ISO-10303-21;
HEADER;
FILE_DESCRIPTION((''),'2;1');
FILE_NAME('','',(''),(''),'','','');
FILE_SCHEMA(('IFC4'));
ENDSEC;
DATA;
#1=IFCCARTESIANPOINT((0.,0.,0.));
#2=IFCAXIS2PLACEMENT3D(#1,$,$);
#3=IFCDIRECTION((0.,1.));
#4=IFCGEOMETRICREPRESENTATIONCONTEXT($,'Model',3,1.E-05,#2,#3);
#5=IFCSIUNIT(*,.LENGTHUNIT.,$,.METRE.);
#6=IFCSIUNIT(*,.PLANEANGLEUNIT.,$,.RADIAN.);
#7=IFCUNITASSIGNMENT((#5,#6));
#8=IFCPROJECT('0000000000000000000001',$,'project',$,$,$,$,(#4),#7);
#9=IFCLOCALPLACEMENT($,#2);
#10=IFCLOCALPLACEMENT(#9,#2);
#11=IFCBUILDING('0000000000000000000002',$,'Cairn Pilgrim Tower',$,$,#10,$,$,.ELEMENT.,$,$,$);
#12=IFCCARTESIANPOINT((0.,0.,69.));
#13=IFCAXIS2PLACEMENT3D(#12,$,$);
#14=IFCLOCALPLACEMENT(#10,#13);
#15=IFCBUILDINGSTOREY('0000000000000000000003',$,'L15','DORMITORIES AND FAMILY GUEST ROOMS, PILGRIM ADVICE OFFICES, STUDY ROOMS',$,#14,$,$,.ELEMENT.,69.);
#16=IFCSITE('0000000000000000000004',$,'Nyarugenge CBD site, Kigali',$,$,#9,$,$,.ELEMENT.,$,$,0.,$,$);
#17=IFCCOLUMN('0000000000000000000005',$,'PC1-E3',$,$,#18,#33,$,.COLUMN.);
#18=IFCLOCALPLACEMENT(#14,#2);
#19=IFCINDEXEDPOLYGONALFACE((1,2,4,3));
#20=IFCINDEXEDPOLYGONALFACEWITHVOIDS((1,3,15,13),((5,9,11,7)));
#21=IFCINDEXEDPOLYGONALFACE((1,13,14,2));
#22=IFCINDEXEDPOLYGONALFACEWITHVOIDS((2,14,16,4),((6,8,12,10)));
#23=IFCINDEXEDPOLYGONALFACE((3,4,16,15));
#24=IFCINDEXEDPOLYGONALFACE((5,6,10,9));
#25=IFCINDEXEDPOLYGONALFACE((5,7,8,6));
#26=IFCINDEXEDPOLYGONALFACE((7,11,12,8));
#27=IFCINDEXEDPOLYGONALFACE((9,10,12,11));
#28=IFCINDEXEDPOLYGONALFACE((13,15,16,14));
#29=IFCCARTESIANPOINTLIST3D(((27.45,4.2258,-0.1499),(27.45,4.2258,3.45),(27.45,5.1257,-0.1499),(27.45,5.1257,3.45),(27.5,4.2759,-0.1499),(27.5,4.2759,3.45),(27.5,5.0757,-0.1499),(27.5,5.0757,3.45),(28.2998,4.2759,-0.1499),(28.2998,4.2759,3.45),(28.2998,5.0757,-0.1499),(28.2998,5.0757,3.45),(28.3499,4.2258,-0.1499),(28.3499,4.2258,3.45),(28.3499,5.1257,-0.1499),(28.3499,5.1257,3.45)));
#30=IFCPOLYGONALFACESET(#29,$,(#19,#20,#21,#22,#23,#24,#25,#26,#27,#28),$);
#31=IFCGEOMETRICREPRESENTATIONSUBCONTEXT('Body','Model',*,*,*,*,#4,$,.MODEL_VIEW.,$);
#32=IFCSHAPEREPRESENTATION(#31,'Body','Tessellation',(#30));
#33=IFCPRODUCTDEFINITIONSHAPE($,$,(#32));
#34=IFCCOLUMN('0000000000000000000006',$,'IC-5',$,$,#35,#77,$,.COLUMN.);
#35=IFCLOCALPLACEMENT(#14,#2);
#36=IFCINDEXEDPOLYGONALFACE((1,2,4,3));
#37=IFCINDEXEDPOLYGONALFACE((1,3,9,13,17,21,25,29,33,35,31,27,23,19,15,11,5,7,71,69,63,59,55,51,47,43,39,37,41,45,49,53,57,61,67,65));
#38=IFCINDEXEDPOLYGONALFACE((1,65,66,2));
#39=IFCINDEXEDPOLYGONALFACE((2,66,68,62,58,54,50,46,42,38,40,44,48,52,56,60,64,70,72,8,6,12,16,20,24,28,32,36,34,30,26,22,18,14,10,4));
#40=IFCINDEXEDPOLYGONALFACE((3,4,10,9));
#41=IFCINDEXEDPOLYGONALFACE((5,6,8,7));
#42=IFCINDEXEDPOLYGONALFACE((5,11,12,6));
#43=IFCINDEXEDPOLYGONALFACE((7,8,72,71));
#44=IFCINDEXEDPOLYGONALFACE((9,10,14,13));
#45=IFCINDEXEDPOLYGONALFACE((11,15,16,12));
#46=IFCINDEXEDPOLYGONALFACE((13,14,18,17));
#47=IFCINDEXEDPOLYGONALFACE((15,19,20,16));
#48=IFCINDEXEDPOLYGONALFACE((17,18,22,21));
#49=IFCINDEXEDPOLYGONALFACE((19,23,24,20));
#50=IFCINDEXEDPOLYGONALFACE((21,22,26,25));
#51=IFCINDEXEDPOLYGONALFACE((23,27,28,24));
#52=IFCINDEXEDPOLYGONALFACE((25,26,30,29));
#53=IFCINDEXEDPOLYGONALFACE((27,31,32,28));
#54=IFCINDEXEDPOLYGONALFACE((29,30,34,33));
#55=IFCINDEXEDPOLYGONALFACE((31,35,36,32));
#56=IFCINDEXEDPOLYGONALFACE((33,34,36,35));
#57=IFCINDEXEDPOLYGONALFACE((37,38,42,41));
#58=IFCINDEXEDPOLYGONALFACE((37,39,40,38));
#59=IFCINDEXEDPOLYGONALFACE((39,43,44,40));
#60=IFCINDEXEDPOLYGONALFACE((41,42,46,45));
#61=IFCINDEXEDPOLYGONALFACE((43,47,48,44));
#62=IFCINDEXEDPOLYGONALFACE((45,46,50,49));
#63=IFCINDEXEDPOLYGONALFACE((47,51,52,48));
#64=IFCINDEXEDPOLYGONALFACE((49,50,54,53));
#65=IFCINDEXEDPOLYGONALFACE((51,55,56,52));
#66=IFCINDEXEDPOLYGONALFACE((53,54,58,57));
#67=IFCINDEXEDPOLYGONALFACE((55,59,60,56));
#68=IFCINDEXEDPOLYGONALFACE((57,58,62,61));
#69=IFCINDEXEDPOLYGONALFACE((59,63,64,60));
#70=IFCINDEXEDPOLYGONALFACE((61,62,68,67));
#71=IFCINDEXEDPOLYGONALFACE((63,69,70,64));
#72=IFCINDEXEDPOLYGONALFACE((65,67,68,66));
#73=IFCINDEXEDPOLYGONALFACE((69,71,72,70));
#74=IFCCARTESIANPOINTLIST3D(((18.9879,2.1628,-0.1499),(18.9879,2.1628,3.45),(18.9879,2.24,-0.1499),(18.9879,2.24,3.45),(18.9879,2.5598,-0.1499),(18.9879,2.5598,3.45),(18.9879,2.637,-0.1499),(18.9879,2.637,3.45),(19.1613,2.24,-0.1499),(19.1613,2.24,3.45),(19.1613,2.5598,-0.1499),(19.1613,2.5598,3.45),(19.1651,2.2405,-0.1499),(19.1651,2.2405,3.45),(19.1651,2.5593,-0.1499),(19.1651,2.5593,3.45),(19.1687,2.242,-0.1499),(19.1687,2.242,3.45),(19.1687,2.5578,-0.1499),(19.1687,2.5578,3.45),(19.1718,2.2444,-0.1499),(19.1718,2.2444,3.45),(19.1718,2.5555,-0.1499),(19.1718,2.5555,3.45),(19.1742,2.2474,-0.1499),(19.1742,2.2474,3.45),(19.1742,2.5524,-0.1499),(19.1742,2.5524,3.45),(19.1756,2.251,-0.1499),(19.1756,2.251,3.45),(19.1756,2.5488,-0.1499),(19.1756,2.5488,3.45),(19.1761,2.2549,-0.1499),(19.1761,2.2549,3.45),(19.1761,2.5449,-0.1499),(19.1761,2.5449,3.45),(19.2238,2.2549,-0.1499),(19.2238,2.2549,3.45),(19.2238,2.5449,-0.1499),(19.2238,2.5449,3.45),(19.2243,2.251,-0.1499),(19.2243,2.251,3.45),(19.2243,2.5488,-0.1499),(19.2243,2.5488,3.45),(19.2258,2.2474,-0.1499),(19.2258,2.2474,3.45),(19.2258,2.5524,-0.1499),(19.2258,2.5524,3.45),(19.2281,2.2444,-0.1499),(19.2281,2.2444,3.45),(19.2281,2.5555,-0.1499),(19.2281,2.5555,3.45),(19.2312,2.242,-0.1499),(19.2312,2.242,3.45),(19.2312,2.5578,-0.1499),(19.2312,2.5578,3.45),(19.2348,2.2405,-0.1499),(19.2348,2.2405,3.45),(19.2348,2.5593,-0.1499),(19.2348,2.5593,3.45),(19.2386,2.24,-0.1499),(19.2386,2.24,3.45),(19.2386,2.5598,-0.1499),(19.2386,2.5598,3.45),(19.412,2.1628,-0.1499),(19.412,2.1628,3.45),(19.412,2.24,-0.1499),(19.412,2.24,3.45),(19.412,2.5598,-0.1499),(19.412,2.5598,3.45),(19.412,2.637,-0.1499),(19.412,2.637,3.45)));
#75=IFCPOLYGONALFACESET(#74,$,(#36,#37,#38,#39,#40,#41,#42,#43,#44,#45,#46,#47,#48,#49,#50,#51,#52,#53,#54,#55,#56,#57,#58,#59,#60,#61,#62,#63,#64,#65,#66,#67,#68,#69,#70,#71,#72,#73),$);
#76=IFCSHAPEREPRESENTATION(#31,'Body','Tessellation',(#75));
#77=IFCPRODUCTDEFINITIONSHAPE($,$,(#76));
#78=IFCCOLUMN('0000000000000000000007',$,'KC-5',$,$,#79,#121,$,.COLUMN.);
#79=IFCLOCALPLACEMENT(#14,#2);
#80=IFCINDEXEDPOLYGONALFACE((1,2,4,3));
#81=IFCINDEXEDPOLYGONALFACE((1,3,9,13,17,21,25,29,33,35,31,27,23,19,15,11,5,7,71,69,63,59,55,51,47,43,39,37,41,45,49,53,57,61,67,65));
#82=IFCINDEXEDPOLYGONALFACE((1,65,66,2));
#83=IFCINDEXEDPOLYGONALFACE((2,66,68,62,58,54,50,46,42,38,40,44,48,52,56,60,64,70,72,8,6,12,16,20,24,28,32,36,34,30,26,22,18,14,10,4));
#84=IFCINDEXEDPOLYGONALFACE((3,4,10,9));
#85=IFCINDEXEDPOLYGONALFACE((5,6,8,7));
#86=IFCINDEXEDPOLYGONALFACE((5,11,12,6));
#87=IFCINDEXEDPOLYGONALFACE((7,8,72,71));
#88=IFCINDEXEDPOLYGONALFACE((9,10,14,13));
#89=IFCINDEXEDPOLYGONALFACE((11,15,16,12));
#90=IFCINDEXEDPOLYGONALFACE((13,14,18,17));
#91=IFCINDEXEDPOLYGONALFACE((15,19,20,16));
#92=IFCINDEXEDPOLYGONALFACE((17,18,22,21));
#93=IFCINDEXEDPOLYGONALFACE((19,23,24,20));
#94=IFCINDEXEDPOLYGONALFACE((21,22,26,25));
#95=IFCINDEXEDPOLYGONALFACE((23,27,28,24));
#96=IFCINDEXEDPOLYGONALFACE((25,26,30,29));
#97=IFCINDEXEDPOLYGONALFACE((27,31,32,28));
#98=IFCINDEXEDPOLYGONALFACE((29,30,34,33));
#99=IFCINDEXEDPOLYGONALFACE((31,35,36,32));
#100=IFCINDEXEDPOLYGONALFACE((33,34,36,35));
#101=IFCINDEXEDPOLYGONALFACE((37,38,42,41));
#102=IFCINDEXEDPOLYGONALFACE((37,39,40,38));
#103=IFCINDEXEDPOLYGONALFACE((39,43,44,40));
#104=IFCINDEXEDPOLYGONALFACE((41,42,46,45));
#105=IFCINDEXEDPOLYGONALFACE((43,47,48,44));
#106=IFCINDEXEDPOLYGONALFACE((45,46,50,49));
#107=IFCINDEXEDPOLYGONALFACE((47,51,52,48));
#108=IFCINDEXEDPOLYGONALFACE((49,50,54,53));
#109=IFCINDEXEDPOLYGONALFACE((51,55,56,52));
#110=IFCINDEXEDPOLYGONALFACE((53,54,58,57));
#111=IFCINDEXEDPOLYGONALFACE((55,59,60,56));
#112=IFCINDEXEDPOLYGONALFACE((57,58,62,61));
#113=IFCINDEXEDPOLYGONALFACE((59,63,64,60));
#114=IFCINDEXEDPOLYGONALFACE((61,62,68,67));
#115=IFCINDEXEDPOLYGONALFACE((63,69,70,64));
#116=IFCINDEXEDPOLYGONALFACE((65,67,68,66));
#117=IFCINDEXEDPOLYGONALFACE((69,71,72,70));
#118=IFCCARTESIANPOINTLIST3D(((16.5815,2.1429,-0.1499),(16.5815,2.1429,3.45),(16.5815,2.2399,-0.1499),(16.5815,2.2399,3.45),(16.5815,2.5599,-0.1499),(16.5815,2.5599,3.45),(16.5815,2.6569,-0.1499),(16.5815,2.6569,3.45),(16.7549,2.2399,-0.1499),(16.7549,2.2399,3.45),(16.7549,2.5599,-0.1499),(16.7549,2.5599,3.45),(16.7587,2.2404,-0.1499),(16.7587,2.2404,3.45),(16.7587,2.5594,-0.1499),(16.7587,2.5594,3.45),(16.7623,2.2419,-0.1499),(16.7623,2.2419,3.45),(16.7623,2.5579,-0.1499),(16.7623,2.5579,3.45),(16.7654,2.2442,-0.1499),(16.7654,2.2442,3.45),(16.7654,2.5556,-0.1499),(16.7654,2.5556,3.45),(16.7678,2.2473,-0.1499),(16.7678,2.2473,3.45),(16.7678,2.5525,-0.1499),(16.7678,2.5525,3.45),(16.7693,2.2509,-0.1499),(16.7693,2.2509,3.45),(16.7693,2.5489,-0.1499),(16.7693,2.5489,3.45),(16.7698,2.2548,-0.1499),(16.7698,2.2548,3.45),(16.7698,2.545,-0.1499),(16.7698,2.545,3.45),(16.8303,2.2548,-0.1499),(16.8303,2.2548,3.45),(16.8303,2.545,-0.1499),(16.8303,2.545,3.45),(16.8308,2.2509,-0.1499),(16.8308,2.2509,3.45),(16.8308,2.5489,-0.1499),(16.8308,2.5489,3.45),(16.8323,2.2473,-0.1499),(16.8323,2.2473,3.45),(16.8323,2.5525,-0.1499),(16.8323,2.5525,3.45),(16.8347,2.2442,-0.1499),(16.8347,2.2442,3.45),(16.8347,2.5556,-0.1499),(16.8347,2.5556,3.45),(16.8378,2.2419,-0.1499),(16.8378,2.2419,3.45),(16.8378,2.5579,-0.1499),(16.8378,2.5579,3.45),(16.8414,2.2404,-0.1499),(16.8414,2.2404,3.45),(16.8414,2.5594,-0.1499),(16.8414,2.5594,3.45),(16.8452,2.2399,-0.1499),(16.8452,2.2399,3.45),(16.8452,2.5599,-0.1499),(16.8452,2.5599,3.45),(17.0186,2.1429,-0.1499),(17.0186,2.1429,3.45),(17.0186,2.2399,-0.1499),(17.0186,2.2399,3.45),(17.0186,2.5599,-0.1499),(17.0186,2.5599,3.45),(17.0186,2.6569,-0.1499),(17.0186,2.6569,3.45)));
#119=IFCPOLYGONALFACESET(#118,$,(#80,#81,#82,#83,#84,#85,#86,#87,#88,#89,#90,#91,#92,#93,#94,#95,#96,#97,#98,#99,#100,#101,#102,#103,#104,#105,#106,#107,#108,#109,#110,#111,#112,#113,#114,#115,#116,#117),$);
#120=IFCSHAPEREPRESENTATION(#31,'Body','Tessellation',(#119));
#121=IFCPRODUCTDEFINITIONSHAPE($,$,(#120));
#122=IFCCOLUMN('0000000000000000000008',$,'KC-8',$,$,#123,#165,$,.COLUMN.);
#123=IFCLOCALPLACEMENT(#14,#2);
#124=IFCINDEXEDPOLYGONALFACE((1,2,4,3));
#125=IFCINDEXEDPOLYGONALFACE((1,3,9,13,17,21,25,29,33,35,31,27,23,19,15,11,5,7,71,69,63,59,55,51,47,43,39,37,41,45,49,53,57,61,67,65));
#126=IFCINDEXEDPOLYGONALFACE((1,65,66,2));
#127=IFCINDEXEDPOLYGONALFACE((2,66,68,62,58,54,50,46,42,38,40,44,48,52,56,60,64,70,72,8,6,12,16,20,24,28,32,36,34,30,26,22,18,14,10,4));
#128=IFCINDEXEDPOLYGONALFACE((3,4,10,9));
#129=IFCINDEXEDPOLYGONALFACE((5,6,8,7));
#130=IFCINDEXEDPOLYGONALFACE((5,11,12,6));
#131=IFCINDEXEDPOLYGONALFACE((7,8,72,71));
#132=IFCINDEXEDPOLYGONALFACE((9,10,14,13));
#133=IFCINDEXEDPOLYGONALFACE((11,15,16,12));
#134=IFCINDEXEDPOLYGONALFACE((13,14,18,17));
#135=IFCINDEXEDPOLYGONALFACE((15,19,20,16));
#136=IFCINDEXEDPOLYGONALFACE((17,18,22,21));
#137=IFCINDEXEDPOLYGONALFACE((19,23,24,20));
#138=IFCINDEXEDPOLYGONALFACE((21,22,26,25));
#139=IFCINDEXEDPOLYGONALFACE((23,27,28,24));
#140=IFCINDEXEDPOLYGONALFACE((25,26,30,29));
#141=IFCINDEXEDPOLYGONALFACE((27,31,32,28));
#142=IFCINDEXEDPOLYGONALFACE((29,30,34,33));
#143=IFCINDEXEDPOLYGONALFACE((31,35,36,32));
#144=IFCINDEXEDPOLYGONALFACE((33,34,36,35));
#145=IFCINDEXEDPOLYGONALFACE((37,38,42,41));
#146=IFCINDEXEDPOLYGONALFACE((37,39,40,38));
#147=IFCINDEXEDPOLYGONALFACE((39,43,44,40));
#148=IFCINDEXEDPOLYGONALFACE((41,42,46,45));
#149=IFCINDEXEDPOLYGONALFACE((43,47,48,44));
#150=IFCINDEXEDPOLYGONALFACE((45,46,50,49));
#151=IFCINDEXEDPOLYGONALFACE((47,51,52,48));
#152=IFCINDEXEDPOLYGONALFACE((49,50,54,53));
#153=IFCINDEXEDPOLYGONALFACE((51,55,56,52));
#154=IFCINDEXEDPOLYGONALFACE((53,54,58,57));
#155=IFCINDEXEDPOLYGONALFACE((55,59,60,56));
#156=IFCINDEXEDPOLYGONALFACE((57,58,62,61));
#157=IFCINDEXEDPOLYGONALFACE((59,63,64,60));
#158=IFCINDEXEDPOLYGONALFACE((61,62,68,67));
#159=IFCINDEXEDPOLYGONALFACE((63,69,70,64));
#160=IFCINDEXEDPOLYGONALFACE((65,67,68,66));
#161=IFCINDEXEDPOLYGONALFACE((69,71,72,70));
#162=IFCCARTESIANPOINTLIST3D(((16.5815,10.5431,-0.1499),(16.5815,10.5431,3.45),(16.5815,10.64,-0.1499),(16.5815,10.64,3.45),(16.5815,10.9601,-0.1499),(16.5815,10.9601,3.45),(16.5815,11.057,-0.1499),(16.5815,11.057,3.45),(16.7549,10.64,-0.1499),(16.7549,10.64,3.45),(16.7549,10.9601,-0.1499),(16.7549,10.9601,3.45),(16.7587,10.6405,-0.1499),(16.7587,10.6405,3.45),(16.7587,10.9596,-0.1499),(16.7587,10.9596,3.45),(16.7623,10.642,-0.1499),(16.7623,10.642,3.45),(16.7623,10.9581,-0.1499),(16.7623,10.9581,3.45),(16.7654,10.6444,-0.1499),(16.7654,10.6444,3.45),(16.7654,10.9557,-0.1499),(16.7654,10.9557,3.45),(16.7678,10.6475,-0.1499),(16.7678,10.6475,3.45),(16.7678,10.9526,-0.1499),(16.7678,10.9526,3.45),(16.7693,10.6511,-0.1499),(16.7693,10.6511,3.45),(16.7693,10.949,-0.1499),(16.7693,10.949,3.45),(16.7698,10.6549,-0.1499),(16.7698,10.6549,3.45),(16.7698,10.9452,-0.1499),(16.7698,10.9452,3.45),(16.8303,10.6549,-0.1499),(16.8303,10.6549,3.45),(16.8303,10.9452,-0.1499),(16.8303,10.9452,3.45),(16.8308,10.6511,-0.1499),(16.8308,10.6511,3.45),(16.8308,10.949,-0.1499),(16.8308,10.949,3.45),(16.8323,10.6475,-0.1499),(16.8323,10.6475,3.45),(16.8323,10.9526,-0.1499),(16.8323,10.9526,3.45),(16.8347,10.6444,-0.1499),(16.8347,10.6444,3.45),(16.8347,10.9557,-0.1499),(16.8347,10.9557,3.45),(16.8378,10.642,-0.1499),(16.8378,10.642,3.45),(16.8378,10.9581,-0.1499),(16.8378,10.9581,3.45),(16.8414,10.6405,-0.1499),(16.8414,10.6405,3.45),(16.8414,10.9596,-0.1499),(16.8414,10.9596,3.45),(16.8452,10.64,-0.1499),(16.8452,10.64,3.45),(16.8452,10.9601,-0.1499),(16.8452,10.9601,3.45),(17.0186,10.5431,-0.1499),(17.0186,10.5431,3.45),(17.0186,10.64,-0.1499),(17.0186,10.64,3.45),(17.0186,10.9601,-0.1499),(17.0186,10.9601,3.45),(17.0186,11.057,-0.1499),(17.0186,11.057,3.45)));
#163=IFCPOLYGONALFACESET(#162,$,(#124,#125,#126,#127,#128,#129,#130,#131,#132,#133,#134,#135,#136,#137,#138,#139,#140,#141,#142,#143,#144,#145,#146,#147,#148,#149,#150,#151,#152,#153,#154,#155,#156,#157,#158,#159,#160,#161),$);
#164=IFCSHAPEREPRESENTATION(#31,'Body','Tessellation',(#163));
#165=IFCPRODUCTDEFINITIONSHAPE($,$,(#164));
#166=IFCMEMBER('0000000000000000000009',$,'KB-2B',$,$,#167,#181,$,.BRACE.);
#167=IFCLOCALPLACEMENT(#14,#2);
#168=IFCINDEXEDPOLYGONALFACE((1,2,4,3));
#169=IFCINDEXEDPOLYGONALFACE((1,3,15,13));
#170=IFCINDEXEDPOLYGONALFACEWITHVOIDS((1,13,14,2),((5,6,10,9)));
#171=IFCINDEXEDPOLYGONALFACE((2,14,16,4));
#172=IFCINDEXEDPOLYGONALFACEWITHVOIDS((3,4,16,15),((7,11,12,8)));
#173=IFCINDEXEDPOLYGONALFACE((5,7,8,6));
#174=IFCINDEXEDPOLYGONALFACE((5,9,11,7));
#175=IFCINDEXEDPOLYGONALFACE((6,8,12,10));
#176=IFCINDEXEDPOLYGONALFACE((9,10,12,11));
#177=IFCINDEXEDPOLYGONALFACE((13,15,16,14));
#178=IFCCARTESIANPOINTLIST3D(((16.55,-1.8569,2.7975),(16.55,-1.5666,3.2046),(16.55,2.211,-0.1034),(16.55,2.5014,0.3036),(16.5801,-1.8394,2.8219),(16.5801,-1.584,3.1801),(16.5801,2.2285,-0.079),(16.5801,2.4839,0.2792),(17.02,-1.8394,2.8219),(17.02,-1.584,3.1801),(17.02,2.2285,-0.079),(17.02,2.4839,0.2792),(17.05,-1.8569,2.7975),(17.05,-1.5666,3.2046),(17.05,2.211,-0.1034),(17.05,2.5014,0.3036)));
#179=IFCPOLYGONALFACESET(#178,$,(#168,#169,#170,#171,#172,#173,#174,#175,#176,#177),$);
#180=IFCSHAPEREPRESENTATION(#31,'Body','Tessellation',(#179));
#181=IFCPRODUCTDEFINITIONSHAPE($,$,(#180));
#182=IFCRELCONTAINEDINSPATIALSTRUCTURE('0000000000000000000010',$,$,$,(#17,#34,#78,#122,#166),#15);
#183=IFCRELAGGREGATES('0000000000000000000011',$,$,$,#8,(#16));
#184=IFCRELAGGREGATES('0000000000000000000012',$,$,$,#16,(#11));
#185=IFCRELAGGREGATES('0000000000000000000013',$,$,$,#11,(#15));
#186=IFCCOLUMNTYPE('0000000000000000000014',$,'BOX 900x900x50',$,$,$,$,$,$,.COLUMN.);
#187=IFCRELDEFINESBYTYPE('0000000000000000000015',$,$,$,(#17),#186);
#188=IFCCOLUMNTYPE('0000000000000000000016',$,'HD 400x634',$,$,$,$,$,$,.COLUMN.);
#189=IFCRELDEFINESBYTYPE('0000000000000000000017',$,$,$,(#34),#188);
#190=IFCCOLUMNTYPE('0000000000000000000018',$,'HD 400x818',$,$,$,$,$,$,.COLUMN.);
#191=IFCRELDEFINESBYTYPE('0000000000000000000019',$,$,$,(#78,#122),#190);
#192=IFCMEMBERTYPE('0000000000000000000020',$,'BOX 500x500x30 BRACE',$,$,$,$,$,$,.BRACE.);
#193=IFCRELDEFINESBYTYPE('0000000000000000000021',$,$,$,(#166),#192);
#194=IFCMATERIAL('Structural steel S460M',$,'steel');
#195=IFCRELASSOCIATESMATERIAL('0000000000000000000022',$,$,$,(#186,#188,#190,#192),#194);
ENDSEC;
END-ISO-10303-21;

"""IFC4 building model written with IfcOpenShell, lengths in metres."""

from ifc_helpers import new_model, si_unit, direction, frame, origin, origin_2d, place, context, subcontext, project, spatial, hollow_rectangle, i_section, extrude, material, material_profile, profile_set, type_object, element, save


model = new_model("IFC4")

# Units and contexts
model_context = context("Model", 3, precision=1e-05, world=origin(), true_north=direction((0.0, 1.0)))
body_context = subcontext(model_context, "Body", "Model", "MODEL_VIEW")
ifc_project = project(units=[si_unit("LENGTHUNIT", "METRE"), si_unit("PLANEANGLEUNIT", "RADIAN")], contexts=[model_context])

# Site, building, storey
site_placement = place(None, origin())
site = spatial("IfcSite", under=ifc_project, at=site_placement, Name="Nyarugenge CBD site, Kigali", CompositionType="ELEMENT", RefElevation=0.0)
building_placement = place(site_placement, origin())
building = spatial("IfcBuilding", under=site, at=building_placement, Name="Cairn Pilgrim Tower", CompositionType="ELEMENT")
storey_placement = place(building_placement, frame((0.0, 0.0, 69.0)))
storey = spatial("IfcBuildingStorey", under=building, at=storey_placement, Name="L15", Description="DORMITORIES AND FAMILY GUEST ROOMS, PILGRIM ADVICE OFFICES, STUDY ROOMS", CompositionType="ELEMENT", Elevation=69.0)

# Columns
ifc_material_1 = material(Name="Structural steel S460M", Category="steel")
ifc_material_profile_1 = material_profile(ifc_material_1, hollow_rectangle(XDim=0.8999, YDim=0.8999, WallThickness=0.05, at=origin_2d()), Name="BOX 900x900x50")
ifc_profile_set_1 = profile_set([ifc_material_profile_1], Name="Structural steel S460M")
column_type_1 = type_object("IfcColumnType", Name="BOX 900x900x50", PredefinedType="COLUMN", material=ifc_profile_set_1)
column_1_placement = place(storey_placement, frame((27.8999, 4.6758, -0.1499), z_axis=(0.0, 0.0, 1.0), x_axis=(1.0, 0.0, 0.0)))
element("IfcColumn", 1, at=column_1_placement, inside=storey, type_object=column_type_1, Name="PC1-E3", PredefinedType="COLUMN", context=body_context, shape_type="SweptSolid", body=[
    extrude(hollow_rectangle(XDim=0.8999, YDim=0.8999, WallThickness=0.05, at=origin_2d()), origin(), (0.0, 0.0, 1.0), 3.5999),
])
ifc_material_profile_2 = material_profile(ifc_material_1, i_section(OverallWidth=0.4241, OverallDepth=0.4741, WebThickness=0.0476, FlangeThickness=0.0771, FilletRadius=0.0149, at=origin_2d()), Name="HD 400x634")
ifc_profile_set_2 = profile_set([ifc_material_profile_2], Name="Structural steel S460M")
column_type_2 = type_object("IfcColumnType", Name="HD 400x634", PredefinedType="COLUMN", material=ifc_profile_set_2)
column_2_placement = place(storey_placement, frame((19.2, 2.3999, -0.1499), z_axis=(0.0, 0.0, 1.0), x_axis=(1.0, 0.0, 0.0)))
element("IfcColumn", 2, at=column_2_placement, inside=storey, type_object=column_type_2, Name="IC-5", PredefinedType="COLUMN", context=body_context, shape_type="SweptSolid", body=[
    extrude(i_section(OverallWidth=0.4241, OverallDepth=0.4741, WebThickness=0.0476, FlangeThickness=0.0771, FilletRadius=0.0149, at=origin_2d()), origin(), (0.0, 0.0, 1.0), 3.5999),
])
ifc_material_profile_3 = material_profile(ifc_material_1, i_section(OverallWidth=0.437, OverallDepth=0.5139, WebThickness=0.0605, FlangeThickness=0.0969, FilletRadius=0.0149, at=origin_2d()), Name="HD 400x818")
ifc_profile_set_3 = profile_set([ifc_material_profile_3], Name="Structural steel S460M")
column_type_3 = type_object("IfcColumnType", Name="HD 400x818", PredefinedType="COLUMN", material=ifc_profile_set_3)
for number, where, z_axis, x_axis, name in (
    (3, (16.8, 2.3999, -0.1499), (0.0, 0.0, 1.0), (1.0, 0.0, 0.0), "KC-5"),
    (4, (16.8, 10.8, -0.1499), (0.0, 0.0, 1.0), (1.0, 0.0, 0.0), "KC-8"),
):
    element("IfcColumn", number, at=place(storey_placement, frame(where, z_axis=z_axis, x_axis=x_axis)), inside=storey, type_object=column_type_3, Name=name, PredefinedType="COLUMN", context=body_context, shape_type="SweptSolid", body=[
        extrude(i_section(OverallWidth=0.437, OverallDepth=0.5139, WebThickness=0.0605, FlangeThickness=0.0969, FilletRadius=0.0149, at=origin_2d()), origin(), (0.0, 0.0, 1.0), 3.5999),
    ])

# Member
ifc_material_profile_4 = material_profile(ifc_material_1, hollow_rectangle(XDim=0.5, YDim=0.5, WallThickness=0.03, at=origin_2d()), Name="BOX 500x500x30")
ifc_profile_set_4 = profile_set([ifc_material_profile_4], Name="Structural steel S460M")
member_type_1 = type_object("IfcMemberType", Name="BOX 500x500x30 BRACE", PredefinedType="BRACE", material=ifc_profile_set_4)
member_1_placement = place(storey_placement, frame((16.8, 2.3562, 0.1001), z_axis=(0.0, -0.814182, 0.580609), x_axis=(1.0, 0.0, 0.0)))
element("IfcMember", 5, at=member_1_placement, inside=storey, type_object=member_type_1, Name="KB-2B", PredefinedType="BRACE", context=body_context, shape_type="SweptSolid", body=[
    extrude(hollow_rectangle(XDim=0.5, YDim=0.5, WallThickness=0.03, at=origin_2d()), origin(), (0.0, 0.0, 1.0), 4.9963),
])

save(model, "model.ifc")
